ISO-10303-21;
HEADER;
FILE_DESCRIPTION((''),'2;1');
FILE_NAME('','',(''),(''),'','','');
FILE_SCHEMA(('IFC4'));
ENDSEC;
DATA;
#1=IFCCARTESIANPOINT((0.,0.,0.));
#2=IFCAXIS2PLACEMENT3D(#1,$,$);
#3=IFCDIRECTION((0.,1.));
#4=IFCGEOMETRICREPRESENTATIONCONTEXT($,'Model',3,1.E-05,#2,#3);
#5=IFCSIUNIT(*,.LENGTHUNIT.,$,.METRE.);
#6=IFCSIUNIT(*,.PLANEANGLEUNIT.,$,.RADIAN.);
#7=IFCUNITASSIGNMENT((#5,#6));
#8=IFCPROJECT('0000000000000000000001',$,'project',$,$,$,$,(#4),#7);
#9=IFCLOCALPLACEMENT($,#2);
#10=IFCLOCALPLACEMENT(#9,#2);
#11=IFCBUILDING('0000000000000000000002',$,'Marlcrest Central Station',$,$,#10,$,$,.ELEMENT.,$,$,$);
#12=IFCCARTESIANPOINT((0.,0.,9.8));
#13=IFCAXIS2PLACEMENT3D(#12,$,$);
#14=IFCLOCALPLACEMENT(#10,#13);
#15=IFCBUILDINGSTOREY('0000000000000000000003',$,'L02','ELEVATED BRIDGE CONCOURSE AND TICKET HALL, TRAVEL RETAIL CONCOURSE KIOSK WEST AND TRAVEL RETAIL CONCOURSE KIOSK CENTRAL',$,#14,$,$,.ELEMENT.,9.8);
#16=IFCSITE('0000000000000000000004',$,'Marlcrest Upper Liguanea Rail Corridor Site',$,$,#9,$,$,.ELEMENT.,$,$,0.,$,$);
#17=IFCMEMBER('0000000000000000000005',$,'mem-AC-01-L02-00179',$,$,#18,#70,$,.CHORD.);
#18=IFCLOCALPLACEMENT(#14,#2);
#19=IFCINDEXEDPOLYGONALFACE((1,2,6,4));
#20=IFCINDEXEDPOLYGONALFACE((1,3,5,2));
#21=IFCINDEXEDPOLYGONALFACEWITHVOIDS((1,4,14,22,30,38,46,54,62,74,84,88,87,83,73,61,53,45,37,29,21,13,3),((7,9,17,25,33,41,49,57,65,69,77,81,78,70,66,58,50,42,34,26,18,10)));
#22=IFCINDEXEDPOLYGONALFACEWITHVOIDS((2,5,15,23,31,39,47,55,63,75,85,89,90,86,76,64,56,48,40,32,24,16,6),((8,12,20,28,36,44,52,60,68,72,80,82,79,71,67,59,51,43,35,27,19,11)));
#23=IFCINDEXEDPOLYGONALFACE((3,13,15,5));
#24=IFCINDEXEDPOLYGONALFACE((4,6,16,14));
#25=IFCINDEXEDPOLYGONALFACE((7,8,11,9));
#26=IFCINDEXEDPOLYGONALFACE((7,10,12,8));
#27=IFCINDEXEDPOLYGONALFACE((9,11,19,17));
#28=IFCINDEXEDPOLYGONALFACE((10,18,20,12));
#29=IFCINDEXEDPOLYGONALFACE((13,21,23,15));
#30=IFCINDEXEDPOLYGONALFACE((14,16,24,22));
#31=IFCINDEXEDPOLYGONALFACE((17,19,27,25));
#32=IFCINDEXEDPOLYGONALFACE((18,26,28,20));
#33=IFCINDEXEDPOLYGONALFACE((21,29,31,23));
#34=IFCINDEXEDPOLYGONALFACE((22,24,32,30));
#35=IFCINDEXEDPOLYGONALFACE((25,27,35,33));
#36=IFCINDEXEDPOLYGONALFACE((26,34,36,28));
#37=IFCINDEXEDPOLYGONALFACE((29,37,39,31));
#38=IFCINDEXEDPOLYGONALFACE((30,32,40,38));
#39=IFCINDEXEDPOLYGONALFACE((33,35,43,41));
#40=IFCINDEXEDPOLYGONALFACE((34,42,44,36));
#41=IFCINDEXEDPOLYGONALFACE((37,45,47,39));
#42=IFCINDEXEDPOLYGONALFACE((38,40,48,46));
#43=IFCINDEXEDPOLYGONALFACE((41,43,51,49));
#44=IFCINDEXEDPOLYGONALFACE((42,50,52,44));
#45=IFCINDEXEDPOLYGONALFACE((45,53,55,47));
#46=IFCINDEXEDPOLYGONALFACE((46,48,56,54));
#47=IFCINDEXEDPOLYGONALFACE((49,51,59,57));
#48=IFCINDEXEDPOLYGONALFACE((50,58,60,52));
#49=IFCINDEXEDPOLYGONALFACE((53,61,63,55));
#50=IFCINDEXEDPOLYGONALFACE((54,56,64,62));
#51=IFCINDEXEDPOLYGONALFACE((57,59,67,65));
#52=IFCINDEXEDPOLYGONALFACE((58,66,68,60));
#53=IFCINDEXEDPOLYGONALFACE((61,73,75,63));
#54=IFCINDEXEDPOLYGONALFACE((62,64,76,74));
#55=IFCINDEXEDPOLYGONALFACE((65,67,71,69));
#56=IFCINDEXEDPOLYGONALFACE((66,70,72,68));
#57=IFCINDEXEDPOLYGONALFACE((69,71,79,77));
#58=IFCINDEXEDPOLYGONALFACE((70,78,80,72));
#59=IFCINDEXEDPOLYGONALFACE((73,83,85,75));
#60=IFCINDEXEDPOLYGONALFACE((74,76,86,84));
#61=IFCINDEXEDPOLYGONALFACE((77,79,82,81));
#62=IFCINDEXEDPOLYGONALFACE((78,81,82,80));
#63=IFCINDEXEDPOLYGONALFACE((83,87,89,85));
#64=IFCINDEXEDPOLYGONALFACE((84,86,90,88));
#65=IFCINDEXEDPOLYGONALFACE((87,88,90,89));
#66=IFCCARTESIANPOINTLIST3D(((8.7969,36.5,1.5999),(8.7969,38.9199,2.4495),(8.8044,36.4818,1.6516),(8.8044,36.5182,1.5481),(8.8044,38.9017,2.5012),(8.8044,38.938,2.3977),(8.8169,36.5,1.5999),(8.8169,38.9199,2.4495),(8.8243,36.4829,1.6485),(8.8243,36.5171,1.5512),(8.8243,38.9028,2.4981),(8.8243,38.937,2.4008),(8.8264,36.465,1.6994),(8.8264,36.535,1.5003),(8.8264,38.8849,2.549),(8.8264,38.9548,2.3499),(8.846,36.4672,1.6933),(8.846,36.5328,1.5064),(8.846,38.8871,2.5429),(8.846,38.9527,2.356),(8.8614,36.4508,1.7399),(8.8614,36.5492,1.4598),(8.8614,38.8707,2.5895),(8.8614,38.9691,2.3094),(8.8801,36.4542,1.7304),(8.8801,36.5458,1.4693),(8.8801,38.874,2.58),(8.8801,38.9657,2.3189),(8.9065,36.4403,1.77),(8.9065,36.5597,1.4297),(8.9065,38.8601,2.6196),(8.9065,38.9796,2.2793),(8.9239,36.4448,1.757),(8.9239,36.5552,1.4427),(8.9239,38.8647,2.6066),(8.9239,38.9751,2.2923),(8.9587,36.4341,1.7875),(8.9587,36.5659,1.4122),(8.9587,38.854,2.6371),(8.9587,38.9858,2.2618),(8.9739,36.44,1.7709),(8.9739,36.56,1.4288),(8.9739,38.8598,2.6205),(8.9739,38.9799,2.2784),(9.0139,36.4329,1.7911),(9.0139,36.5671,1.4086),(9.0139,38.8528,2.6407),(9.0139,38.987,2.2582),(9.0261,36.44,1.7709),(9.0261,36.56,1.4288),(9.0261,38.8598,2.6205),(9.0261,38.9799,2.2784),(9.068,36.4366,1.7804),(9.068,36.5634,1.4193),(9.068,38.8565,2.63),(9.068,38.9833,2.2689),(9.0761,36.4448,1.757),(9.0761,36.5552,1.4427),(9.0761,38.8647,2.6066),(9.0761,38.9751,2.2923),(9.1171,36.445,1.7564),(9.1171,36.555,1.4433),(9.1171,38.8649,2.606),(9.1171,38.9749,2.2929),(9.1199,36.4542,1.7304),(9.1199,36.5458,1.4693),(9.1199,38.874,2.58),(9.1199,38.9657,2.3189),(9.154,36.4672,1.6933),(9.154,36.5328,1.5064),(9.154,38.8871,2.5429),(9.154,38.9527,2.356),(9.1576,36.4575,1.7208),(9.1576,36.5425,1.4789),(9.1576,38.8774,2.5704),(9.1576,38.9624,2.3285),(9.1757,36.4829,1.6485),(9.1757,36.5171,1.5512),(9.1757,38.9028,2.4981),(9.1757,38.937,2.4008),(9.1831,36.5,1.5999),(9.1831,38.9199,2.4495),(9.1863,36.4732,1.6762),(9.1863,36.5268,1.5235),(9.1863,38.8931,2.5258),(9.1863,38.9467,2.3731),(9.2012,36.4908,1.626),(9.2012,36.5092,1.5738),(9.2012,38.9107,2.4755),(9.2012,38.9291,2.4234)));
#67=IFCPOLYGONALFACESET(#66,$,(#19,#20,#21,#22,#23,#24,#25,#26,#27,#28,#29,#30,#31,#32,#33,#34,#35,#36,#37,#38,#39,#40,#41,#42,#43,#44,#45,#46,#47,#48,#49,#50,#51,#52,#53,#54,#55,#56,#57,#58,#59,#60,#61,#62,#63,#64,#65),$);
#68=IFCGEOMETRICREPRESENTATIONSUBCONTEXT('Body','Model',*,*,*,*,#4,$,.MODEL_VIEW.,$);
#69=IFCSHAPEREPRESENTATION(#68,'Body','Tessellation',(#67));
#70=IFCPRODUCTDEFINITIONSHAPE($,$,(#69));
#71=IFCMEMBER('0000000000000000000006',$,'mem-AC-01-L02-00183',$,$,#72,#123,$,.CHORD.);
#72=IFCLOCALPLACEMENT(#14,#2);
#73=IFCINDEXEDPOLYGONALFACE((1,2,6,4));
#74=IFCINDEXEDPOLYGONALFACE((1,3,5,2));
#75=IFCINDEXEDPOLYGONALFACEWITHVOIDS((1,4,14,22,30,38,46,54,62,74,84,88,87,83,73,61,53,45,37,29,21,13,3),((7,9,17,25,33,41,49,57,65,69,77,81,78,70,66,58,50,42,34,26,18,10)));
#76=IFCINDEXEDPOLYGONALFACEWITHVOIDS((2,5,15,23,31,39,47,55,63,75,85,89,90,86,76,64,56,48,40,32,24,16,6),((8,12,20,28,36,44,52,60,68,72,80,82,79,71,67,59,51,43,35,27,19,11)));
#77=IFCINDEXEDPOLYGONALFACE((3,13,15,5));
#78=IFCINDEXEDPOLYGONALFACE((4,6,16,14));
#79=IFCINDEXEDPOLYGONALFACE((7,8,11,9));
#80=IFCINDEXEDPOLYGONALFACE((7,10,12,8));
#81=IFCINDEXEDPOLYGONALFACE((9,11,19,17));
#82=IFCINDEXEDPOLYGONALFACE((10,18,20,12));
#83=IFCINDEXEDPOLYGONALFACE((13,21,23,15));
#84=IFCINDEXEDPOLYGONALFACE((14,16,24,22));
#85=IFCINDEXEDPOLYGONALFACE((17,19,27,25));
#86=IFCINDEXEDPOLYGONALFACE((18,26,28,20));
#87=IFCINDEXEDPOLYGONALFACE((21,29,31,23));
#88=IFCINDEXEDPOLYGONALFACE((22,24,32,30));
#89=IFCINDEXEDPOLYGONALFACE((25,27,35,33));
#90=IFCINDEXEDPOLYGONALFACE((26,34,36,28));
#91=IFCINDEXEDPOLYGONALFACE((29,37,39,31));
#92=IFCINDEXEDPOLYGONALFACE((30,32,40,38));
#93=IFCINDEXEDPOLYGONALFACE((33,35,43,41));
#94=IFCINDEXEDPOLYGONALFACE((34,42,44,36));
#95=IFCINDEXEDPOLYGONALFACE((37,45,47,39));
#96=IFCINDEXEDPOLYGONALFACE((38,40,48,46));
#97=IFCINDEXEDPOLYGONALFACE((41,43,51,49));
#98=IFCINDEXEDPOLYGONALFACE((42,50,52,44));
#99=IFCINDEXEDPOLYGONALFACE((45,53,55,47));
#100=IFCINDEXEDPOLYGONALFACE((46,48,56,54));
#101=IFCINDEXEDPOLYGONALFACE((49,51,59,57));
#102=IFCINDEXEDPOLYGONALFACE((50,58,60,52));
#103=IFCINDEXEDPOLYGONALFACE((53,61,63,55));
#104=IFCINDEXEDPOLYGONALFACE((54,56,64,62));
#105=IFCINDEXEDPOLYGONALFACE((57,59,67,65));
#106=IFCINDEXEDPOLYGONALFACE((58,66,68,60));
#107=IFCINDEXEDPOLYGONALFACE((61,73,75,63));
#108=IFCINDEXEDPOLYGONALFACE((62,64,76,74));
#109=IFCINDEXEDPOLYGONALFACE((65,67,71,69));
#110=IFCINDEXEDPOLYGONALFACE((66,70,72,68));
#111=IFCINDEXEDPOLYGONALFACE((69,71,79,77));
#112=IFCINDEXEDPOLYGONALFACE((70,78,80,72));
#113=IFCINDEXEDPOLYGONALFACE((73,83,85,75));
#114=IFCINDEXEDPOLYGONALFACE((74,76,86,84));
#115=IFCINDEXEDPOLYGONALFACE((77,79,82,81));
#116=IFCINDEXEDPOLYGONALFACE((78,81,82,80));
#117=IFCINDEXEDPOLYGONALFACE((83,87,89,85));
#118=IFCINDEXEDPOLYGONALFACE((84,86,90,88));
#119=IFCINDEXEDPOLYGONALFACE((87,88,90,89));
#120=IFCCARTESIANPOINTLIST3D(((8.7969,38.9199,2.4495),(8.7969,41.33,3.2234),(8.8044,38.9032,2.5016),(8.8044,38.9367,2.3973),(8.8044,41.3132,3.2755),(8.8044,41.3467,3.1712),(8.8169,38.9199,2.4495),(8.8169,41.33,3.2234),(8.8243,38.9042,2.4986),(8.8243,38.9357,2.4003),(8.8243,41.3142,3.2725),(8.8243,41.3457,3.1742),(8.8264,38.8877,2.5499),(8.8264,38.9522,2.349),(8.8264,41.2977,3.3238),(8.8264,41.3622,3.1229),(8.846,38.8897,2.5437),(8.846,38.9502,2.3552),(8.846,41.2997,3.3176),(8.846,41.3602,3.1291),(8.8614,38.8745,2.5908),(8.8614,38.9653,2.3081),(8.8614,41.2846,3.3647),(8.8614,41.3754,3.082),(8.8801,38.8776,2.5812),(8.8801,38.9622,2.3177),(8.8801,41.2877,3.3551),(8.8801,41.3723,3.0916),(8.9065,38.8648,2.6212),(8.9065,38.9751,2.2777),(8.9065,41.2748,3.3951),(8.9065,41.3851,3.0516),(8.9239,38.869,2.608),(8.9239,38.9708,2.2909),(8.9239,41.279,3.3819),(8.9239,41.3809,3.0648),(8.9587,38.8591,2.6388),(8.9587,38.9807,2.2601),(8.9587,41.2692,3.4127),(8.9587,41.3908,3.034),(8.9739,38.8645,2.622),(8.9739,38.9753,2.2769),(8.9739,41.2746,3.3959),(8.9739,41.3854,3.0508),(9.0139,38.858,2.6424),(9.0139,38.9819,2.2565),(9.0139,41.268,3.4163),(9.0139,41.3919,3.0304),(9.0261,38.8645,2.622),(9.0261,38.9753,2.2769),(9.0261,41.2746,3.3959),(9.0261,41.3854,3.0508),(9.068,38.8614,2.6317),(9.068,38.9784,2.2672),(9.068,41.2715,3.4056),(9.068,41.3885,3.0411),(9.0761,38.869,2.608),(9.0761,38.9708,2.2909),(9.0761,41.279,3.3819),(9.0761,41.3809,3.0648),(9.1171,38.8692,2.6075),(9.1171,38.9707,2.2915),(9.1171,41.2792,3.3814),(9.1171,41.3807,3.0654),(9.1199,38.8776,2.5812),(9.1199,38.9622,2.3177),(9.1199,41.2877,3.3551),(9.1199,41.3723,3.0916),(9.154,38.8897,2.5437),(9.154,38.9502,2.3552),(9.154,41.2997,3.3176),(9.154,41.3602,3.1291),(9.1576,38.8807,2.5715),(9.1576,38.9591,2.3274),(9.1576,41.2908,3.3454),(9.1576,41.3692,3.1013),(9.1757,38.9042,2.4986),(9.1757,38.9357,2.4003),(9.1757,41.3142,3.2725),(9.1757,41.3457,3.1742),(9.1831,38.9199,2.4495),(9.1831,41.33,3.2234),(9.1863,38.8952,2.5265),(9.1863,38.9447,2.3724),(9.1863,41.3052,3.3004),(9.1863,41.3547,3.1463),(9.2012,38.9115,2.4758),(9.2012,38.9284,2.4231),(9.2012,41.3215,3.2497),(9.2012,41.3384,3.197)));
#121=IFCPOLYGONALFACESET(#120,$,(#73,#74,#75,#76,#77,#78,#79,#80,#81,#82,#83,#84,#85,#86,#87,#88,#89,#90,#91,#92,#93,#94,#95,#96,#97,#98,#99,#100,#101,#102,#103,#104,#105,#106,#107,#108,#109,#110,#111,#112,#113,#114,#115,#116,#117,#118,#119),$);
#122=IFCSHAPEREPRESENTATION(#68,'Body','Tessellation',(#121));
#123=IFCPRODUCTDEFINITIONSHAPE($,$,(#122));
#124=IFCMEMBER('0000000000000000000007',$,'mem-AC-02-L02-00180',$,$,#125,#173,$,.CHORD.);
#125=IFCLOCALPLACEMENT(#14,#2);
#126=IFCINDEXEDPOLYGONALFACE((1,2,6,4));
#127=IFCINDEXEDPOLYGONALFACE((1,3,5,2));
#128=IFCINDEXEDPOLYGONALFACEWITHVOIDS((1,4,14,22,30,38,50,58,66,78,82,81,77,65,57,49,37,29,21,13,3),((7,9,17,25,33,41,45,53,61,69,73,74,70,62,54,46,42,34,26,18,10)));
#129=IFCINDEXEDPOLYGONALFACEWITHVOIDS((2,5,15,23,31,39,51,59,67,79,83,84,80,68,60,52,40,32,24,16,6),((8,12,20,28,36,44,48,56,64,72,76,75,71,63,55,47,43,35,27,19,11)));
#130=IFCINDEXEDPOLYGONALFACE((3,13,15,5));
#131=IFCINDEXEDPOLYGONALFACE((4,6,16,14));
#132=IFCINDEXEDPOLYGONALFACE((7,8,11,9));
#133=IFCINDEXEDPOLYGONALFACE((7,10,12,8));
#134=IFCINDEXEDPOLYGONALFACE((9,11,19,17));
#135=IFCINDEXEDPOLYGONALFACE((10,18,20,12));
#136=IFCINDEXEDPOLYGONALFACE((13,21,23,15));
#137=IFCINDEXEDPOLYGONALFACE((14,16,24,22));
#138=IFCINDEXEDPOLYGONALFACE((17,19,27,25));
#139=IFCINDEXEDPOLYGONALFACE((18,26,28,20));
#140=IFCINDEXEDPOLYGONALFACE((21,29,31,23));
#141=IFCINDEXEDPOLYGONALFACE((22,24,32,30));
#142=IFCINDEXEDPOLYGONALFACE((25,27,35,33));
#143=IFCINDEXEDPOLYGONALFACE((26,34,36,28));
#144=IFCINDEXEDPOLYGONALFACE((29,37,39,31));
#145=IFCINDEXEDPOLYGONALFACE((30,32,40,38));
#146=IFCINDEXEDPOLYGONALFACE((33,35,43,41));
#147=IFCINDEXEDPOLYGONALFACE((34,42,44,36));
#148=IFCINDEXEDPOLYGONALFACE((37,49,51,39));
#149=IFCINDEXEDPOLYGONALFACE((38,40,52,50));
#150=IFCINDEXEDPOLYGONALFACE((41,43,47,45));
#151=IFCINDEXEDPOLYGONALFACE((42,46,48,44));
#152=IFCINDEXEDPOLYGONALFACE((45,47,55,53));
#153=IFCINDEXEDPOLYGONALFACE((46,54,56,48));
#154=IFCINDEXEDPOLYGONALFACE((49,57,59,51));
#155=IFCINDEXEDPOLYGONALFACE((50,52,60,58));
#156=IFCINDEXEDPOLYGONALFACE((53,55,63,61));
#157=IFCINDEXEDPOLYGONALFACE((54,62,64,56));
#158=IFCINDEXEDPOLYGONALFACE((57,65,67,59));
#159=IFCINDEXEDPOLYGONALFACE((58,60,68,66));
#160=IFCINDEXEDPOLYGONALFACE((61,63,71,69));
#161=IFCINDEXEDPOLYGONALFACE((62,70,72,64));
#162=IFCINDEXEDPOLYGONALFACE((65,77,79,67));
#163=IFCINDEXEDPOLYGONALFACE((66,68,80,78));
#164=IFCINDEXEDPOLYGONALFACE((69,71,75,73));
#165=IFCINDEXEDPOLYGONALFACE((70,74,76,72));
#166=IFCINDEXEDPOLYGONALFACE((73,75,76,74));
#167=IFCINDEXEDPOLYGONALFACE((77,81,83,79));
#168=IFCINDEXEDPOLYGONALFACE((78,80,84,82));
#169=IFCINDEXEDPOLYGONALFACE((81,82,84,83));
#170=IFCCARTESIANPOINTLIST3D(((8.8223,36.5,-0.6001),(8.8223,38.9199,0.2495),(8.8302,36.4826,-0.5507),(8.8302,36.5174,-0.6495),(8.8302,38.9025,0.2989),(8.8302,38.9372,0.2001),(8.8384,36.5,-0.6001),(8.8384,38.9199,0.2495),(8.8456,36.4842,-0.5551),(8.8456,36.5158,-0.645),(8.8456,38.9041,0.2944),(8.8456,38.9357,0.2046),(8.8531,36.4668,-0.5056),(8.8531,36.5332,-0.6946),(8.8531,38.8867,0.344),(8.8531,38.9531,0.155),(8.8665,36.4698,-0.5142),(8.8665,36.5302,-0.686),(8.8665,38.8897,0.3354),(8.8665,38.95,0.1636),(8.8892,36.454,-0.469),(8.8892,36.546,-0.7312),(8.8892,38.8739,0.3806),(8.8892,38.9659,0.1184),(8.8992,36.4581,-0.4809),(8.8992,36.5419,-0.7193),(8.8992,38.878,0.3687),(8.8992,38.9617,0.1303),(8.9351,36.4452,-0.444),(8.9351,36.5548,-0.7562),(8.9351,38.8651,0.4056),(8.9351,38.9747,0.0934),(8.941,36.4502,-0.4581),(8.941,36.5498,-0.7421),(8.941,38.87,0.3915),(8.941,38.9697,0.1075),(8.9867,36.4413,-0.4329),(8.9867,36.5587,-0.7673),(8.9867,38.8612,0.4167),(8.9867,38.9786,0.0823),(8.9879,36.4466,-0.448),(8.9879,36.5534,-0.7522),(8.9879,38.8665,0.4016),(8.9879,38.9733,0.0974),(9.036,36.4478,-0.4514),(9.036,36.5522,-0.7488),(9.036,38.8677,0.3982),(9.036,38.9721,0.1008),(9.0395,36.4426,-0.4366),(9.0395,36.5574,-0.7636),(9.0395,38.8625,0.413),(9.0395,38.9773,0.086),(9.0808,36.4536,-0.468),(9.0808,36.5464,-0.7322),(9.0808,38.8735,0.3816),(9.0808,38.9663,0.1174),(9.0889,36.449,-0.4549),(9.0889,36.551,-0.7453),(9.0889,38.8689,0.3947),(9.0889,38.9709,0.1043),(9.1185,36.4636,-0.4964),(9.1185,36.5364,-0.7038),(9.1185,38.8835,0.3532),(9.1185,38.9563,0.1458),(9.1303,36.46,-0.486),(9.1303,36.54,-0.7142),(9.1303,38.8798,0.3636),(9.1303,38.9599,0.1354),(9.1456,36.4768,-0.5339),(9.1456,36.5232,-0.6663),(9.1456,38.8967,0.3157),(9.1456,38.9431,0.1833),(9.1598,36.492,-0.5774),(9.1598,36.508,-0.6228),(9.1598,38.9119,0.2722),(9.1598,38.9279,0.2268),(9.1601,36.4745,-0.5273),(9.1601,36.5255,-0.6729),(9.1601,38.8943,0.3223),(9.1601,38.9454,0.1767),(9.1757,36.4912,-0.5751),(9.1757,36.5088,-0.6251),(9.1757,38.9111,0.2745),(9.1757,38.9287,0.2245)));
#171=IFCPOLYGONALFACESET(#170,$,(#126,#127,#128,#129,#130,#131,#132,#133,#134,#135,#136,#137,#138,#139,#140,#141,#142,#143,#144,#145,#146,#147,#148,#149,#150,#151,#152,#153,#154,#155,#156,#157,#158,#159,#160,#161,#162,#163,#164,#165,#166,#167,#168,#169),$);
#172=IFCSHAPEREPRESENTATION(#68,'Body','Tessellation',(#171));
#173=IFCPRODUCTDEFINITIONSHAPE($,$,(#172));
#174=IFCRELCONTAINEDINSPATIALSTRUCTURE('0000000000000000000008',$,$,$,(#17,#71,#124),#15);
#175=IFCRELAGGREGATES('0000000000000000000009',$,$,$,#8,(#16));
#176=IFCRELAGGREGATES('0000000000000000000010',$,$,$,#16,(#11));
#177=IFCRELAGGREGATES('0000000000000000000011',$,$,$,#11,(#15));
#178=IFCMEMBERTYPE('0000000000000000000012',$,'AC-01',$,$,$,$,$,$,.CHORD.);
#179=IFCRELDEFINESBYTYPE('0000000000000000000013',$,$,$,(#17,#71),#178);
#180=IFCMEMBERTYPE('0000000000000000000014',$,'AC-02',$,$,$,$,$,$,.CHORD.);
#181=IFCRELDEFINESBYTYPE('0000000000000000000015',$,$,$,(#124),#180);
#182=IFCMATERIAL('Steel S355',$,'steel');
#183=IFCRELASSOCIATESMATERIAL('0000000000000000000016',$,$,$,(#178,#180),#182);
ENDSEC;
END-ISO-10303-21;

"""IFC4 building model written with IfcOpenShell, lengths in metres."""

from ifc_helpers import new_model, si_unit, direction, frame, origin, origin_2d, place, context, subcontext, project, spatial, hollow_circle, extrude, material, material_profile, profile_set, type_object, element, save


model = new_model("IFC4")

# Units and contexts
model_context = context("Model", 3, precision=1e-05, world=origin(), true_north=direction((0.0, 1.0)))
body_context = subcontext(model_context, "Body", "Model", "MODEL_VIEW")
ifc_project = project(units=[si_unit("LENGTHUNIT", "METRE"), si_unit("PLANEANGLEUNIT", "RADIAN")], contexts=[model_context])

# Site, building, storey
site_placement = place(None, origin())
site = spatial("IfcSite", under=ifc_project, at=site_placement, Name="Marlcrest Upper Liguanea Rail Corridor Site", CompositionType="ELEMENT", RefElevation=0.0)
building_placement = place(site_placement, origin())
building = spatial("IfcBuilding", under=site, at=building_placement, Name="Marlcrest Central Station", CompositionType="ELEMENT")
storey_placement = place(building_placement, frame((0.0, 0.0, 9.8)))
storey = spatial("IfcBuildingStorey", under=building, at=storey_placement, Name="L02", Description="ELEVATED BRIDGE CONCOURSE AND TICKET HALL, TRAVEL RETAIL CONCOURSE KIOSK WEST AND TRAVEL RETAIL CONCOURSE KIOSK CENTRAL", CompositionType="ELEMENT", Elevation=9.8)

# Members
ifc_material_1 = material(Name="Steel S355", Category="steel")
ifc_material_profile_1 = material_profile(ifc_material_1, hollow_circle(Radius=0.2031, WallThickness=0.02, at=origin_2d()), Name="CHS 406.4x20")
ifc_profile_set_1 = profile_set([ifc_material_profile_1], Name="Steel S355")
member_type_1 = type_object("IfcMemberType", Name="AC-01", PredefinedType="CHORD", material=ifc_profile_set_1)
member_1_placement = place(storey_placement, frame((9.0, 36.5, 1.5999), z_axis=(0.0, 0.943537, 0.331266), x_axis=(-1.0, 0.0, 0.0)))
element("IfcMember", 1, at=member_1_placement, inside=storey, type_object=member_type_1, Name="mem-AC-01-L02-00179", PredefinedType="CHORD", context=body_context, shape_type="SweptSolid", body=[
    extrude(hollow_circle(Radius=0.2031, WallThickness=0.02, at=origin_2d()), origin(), (0.0, 0.0, 1.0), 2.5647),
])
member_2_placement = place(storey_placement, frame((9.0, 38.9199, 2.4495), z_axis=(0.0, 0.952117, 0.305734), x_axis=(-1.0, 0.0, 0.0)))
element("IfcMember", 2, at=member_2_placement, inside=storey, type_object=member_type_1, Name="mem-AC-01-L02-00183", PredefinedType="CHORD", context=body_context, shape_type="SweptSolid", body=[
    extrude(hollow_circle(Radius=0.2031, WallThickness=0.02, at=origin_2d()), origin(), (0.0, 0.0, 1.0), 2.5312),
])
ifc_material_profile_2 = material_profile(ifc_material_1, hollow_circle(Radius=0.1777, WallThickness=0.0161, at=origin_2d()), Name="CHS 355.6x16")
ifc_profile_set_2 = profile_set([ifc_material_profile_2], Name="Steel S355")
member_type_2 = type_object("IfcMemberType", Name="AC-02", PredefinedType="CHORD", material=ifc_profile_set_2)
member_3_placement = place(storey_placement, frame((9.0, 36.5, -0.6001), z_axis=(0.0, 0.943537, 0.331266), x_axis=(-1.0, 0.0, 0.0)))
element("IfcMember", 3, at=member_3_placement, inside=storey, type_object=member_type_2, Name="mem-AC-02-L02-00180", PredefinedType="CHORD", context=body_context, shape_type="SweptSolid", body=[
    extrude(hollow_circle(Radius=0.1777, WallThickness=0.0161, at=origin_2d()), origin(), (0.0, 0.0, 1.0), 2.5647),
])

save(model, "model.ifc")
